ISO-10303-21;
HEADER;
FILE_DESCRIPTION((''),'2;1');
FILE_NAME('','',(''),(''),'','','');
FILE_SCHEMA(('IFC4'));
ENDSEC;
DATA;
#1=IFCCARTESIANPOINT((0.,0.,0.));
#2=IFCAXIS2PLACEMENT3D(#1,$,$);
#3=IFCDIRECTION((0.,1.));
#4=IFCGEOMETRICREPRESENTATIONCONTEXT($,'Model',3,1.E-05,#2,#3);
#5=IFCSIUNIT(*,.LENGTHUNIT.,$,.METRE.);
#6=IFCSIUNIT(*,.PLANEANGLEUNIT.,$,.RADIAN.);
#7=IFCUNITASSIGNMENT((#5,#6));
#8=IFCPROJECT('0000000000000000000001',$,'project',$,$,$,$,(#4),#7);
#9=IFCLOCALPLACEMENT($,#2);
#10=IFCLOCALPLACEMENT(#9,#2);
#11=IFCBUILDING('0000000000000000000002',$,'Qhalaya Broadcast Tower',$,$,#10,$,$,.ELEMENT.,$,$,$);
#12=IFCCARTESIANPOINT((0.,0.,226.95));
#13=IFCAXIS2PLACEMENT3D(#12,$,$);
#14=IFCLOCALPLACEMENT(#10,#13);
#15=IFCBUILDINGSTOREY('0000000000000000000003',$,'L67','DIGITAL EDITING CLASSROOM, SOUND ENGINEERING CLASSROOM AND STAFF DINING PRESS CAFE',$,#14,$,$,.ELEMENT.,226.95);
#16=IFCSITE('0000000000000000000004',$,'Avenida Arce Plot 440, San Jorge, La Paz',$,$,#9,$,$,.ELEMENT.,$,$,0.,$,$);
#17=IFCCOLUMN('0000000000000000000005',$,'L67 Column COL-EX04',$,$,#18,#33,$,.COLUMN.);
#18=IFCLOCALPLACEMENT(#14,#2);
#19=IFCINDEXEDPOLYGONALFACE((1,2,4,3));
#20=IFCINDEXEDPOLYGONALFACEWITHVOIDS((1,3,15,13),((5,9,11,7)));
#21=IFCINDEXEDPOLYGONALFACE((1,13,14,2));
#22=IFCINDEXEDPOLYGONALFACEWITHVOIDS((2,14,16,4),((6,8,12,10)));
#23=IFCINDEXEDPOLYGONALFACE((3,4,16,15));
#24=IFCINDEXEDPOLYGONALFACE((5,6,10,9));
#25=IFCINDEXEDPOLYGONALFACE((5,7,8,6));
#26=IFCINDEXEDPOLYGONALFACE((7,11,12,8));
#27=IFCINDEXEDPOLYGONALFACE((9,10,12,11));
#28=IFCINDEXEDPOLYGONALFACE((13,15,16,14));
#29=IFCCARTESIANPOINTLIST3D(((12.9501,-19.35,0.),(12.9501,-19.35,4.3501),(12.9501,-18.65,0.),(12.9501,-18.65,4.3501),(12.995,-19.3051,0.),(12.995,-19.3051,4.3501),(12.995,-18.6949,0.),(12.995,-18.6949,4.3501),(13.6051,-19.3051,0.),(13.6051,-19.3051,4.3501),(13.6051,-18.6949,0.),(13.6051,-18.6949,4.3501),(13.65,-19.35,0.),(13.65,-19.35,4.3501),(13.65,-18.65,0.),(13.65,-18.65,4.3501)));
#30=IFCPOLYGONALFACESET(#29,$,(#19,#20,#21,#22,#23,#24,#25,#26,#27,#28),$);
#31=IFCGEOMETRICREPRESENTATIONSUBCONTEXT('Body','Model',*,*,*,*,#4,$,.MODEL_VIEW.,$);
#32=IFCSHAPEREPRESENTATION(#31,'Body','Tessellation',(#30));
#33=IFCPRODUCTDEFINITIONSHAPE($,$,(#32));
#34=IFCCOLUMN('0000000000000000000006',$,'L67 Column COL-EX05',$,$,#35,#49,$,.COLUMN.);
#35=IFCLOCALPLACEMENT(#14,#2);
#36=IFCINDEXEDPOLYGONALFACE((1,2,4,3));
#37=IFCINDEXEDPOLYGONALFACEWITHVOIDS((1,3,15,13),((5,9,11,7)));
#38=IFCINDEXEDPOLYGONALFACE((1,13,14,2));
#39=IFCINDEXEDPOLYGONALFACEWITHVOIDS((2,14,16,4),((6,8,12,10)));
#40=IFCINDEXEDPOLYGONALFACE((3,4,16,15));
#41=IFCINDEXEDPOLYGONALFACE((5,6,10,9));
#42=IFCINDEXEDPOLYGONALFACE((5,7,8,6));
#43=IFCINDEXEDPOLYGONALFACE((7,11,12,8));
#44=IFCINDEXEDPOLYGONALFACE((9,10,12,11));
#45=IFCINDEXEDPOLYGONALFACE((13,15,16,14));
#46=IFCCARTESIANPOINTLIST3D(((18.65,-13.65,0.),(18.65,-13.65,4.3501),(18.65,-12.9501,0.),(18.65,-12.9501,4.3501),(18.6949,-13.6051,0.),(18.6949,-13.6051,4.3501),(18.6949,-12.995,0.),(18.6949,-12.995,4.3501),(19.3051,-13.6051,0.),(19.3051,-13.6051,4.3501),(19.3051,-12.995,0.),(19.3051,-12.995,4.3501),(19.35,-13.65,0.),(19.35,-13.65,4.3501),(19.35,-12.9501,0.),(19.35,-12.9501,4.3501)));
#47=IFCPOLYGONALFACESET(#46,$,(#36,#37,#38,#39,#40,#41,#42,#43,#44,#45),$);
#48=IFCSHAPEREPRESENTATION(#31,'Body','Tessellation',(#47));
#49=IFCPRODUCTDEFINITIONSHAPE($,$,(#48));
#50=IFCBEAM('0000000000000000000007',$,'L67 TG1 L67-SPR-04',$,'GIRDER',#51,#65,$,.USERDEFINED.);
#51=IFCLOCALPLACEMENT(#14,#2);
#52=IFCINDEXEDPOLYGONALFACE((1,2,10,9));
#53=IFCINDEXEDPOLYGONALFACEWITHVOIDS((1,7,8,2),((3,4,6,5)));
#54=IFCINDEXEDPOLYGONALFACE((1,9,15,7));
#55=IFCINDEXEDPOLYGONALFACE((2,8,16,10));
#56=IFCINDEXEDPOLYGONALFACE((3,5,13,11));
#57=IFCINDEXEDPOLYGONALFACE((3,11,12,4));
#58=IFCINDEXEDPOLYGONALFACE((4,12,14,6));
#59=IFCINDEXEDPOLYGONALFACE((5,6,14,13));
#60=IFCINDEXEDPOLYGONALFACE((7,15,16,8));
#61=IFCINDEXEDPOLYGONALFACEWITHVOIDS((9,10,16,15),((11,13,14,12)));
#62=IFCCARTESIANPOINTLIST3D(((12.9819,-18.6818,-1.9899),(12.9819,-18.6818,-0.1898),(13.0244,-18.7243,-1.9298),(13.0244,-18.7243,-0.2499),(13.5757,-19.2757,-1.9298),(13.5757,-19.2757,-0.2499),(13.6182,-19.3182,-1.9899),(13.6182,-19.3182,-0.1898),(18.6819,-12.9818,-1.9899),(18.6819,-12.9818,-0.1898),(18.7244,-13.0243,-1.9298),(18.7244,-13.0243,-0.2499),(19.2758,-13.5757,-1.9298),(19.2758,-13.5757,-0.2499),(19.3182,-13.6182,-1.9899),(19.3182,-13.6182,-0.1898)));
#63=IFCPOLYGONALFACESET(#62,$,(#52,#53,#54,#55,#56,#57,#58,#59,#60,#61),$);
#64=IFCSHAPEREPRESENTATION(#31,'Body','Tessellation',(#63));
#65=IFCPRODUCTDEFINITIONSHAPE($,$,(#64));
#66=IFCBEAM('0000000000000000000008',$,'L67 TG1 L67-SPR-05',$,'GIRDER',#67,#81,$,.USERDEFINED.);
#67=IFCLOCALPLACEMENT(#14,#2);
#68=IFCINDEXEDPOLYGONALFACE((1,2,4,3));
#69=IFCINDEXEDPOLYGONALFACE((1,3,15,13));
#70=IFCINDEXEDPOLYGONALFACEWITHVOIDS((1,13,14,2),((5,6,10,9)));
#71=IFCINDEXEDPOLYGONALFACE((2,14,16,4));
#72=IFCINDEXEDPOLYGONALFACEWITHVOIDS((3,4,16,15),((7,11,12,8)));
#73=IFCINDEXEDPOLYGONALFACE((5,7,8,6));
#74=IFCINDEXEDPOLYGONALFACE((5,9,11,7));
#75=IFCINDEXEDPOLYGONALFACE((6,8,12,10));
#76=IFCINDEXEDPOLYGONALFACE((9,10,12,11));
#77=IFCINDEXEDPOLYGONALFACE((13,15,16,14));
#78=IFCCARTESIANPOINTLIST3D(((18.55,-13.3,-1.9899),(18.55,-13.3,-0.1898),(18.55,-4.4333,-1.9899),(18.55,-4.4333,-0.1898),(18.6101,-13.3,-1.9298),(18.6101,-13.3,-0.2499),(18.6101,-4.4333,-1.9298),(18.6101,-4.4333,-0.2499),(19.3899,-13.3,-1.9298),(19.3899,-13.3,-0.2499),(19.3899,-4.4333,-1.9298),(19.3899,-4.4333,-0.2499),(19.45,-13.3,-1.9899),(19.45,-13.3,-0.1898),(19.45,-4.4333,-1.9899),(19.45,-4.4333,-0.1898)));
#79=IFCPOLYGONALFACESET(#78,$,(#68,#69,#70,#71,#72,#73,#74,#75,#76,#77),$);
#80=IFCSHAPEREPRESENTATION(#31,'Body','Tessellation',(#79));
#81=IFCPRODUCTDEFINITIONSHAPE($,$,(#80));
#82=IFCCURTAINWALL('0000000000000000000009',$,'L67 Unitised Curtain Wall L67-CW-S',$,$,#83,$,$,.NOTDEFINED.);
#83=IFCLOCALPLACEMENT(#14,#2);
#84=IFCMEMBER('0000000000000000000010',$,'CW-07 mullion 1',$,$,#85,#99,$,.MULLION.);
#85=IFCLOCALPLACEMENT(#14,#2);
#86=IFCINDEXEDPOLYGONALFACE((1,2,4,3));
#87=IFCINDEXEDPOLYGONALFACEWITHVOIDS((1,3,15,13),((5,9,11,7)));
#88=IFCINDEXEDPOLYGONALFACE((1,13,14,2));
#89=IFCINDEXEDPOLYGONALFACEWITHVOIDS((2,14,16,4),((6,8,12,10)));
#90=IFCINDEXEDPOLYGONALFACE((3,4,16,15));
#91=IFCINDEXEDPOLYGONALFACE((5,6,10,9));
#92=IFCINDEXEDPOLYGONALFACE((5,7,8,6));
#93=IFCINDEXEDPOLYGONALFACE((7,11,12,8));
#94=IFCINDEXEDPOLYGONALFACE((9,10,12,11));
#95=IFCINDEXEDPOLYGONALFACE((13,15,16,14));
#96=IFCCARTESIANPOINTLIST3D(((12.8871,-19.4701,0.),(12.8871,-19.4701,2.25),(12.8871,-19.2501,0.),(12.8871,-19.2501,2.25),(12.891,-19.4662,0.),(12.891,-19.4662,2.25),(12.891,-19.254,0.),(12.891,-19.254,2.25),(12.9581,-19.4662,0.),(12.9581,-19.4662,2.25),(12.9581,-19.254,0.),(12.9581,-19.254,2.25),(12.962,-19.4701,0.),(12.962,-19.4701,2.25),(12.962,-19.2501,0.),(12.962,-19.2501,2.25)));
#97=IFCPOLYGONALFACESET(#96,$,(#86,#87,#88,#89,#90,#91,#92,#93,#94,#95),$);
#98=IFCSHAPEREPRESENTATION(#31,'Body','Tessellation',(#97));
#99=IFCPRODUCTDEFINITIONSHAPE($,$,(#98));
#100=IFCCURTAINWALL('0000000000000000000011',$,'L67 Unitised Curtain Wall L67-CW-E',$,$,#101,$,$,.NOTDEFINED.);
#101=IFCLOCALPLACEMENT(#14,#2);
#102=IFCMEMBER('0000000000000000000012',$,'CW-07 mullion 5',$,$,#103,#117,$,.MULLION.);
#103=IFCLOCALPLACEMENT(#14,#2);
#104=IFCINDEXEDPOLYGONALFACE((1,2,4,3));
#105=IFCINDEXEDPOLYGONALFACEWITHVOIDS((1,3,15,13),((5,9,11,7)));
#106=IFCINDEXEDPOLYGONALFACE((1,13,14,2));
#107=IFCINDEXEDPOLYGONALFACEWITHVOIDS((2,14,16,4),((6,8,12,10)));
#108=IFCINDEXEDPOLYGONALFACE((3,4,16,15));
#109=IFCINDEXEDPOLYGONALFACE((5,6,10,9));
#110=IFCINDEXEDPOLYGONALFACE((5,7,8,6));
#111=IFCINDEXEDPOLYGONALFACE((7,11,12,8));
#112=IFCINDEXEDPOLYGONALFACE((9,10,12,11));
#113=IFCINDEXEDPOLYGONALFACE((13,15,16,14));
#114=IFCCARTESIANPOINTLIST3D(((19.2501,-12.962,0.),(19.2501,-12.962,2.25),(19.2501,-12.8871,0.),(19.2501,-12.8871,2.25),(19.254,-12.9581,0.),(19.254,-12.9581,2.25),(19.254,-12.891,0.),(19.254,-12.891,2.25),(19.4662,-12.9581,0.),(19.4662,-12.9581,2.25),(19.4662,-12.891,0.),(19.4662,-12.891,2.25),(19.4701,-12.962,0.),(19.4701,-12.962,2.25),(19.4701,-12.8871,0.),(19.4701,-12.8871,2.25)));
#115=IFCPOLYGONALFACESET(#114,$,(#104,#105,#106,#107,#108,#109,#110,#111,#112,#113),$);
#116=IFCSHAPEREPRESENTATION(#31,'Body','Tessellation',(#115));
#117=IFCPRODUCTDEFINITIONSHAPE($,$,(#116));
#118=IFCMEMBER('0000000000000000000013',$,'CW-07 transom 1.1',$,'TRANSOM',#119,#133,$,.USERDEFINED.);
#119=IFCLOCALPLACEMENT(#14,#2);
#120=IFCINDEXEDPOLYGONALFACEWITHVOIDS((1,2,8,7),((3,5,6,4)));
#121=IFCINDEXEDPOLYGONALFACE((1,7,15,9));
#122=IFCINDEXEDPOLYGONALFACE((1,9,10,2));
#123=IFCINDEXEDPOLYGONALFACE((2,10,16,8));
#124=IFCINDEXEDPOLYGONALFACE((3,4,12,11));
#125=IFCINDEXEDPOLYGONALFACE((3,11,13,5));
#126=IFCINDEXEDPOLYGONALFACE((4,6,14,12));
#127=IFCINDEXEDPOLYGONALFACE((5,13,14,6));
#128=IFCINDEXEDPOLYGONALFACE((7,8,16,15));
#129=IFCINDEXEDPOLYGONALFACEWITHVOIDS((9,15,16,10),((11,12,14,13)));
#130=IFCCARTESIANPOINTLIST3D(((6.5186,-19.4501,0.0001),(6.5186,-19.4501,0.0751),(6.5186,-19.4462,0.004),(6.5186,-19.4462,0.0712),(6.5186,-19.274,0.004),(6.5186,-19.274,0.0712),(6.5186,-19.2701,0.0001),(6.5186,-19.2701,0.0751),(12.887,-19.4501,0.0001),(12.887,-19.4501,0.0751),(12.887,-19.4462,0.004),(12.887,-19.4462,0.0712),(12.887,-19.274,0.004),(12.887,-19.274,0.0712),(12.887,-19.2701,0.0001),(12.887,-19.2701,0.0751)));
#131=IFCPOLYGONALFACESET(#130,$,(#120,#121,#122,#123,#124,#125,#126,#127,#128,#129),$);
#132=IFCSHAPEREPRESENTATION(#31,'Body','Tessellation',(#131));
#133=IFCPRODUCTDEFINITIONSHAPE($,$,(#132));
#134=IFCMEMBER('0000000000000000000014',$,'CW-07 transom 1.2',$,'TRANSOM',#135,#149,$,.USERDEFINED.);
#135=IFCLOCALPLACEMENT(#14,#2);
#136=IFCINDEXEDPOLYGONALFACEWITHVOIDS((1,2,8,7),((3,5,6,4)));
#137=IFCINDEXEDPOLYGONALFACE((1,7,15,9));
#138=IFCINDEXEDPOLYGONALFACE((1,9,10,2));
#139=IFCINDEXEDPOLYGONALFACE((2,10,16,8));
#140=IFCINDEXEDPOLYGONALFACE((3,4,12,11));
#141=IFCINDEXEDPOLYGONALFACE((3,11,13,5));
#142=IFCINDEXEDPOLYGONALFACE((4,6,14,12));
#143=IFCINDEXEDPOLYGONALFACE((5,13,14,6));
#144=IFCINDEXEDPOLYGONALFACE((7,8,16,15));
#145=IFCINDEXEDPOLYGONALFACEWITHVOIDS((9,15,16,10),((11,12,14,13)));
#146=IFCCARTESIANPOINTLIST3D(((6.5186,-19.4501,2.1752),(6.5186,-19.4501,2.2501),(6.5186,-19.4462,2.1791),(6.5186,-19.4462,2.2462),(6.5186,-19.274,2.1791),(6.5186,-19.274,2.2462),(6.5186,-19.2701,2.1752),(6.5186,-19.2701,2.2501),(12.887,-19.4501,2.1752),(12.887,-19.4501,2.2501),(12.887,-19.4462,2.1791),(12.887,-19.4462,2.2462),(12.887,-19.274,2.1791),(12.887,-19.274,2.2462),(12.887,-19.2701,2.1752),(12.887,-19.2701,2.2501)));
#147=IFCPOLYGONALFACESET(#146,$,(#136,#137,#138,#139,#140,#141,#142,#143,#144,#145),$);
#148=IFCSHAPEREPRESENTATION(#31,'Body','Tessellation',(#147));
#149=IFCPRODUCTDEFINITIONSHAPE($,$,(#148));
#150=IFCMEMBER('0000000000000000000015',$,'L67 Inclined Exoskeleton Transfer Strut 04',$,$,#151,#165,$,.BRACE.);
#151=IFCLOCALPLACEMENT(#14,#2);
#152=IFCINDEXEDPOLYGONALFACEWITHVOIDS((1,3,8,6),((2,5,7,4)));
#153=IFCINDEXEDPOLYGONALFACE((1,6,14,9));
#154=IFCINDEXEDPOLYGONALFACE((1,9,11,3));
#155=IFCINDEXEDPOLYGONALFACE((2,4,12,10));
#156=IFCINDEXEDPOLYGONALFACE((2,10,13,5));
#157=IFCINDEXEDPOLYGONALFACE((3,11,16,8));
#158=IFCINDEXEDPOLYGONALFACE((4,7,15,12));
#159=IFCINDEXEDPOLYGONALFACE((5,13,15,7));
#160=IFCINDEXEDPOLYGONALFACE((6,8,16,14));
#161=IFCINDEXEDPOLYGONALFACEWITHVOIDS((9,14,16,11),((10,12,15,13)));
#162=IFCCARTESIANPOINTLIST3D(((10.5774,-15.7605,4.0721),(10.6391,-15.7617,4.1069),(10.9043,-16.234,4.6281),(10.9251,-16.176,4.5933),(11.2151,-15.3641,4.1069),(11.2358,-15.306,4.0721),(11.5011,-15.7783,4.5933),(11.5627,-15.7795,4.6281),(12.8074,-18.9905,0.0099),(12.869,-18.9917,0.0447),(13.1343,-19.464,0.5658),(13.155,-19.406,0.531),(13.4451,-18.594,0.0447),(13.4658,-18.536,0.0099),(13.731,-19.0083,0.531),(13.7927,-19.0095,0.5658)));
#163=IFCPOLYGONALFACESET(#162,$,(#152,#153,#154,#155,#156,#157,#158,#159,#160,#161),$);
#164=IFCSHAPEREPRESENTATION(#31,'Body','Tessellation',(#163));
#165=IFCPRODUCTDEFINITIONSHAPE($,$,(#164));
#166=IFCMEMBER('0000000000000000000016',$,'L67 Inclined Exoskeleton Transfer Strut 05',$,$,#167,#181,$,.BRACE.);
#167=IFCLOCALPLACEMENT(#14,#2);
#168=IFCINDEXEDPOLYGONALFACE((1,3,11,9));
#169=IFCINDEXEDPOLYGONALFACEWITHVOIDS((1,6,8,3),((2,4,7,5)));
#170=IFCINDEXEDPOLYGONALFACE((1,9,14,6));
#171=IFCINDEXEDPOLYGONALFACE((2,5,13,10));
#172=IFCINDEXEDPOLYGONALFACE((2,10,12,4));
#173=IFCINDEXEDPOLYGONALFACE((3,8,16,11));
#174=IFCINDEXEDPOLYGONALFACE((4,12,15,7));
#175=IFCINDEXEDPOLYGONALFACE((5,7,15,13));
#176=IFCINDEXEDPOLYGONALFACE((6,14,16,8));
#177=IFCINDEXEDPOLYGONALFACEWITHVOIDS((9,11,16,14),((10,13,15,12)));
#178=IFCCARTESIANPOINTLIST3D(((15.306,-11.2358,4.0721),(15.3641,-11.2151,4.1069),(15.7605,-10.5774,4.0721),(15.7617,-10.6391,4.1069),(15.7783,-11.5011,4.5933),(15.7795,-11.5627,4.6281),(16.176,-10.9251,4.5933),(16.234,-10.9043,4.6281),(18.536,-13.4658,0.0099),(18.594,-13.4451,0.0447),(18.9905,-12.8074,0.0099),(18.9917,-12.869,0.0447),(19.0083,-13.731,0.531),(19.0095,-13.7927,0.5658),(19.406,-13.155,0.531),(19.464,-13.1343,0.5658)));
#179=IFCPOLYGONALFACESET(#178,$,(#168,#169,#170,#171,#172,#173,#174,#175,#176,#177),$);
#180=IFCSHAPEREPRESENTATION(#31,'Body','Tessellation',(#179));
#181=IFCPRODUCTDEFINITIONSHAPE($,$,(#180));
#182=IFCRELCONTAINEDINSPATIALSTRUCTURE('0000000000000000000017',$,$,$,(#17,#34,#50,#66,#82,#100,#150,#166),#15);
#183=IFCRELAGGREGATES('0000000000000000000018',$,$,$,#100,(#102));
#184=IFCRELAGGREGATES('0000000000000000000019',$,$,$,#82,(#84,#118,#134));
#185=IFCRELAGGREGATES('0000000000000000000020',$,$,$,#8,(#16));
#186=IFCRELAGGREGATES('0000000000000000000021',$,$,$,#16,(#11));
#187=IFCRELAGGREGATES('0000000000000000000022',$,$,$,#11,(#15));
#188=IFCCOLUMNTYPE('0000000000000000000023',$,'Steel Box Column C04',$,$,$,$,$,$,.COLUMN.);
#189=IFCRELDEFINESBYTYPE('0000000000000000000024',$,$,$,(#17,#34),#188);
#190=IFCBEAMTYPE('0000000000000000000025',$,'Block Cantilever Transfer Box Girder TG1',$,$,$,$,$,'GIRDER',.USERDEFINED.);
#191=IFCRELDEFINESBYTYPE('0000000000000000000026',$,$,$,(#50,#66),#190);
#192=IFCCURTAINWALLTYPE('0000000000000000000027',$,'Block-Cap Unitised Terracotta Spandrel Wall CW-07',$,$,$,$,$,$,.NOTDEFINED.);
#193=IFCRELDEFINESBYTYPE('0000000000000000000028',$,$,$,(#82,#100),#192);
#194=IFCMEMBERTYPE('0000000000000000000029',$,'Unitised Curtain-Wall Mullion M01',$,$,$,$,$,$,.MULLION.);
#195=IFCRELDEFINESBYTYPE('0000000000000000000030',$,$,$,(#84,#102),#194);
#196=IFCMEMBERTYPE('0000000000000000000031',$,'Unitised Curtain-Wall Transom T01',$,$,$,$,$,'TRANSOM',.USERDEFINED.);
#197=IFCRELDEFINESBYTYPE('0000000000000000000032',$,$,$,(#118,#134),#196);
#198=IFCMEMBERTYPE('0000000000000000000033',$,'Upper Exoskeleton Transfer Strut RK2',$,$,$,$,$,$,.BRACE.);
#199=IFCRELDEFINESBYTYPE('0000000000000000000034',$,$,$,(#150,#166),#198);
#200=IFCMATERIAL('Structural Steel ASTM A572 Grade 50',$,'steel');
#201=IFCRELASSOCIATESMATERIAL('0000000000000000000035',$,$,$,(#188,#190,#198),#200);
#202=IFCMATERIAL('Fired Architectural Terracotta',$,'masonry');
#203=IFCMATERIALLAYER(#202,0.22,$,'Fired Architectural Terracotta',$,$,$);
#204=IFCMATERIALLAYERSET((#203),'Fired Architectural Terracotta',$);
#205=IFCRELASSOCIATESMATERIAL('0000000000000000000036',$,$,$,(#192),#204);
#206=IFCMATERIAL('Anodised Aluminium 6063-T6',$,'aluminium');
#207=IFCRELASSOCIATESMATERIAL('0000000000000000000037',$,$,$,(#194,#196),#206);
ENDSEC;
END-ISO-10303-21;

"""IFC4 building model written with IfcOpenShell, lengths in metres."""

from ifc_helpers import new_model, si_unit, direction, frame, origin, origin_2d, place, context, subcontext, project, spatial, hollow_rectangle, extrude, material, layer, layer_set, material_profile, profile_set, type_object, element, aggregate, save


model = new_model("IFC4")

# Units and contexts
model_context = context("Model", 3, precision=1e-05, world=origin(), true_north=direction((0.0, 1.0)))
body_context = subcontext(model_context, "Body", "Model", "MODEL_VIEW")
ifc_project = project(units=[si_unit("LENGTHUNIT", "METRE"), si_unit("PLANEANGLEUNIT", "RADIAN")], contexts=[model_context])

# Site, building, storey
site_placement = place(None, origin())
site = spatial("IfcSite", under=ifc_project, at=site_placement, Name="Avenida Arce Plot 440, San Jorge, La Paz", CompositionType="ELEMENT", RefElevation=0.0)
building_placement = place(site_placement, origin())
building = spatial("IfcBuilding", under=site, at=building_placement, Name="Qhalaya Broadcast Tower", CompositionType="ELEMENT")
storey_placement = place(building_placement, frame((0.0, 0.0, 226.95)))
storey = spatial("IfcBuildingStorey", under=building, at=storey_placement, Name="L67", Description="DIGITAL EDITING CLASSROOM, SOUND ENGINEERING CLASSROOM AND STAFF DINING PRESS CAFE", CompositionType="ELEMENT", Elevation=226.95)

# Columns
ifc_material_1 = material(Name="Structural Steel ASTM A572 Grade 50", Category="steel")
ifc_material_profile_1 = material_profile(ifc_material_1, hollow_rectangle(XDim=0.7, YDim=0.7, WallThickness=0.0449, at=origin_2d()), Name="BOX 700x700x45")
ifc_profile_set_1 = profile_set([ifc_material_profile_1], Name="Structural Steel ASTM A572 Grade 50")
column_type = type_object("IfcColumnType", Name="Steel Box Column C04", PredefinedType="COLUMN", material=ifc_profile_set_1)
for number, where, z_axis, x_axis, name in (
    (1, (13.3, -19.0, 0.0), (0.0, 0.0, 1.0), (1.0, 0.0, 0.0), "L67 Column COL-EX04"),
    (2, (19.0, -13.3, 0.0), (0.0, 0.0, 1.0), (0.0, 1.0, 0.0), "L67 Column COL-EX05"),
):
    element("IfcColumn", number, at=place(storey_placement, frame(where, z_axis=z_axis, x_axis=x_axis)), inside=storey, type_object=column_type, Name=name, PredefinedType="COLUMN", context=body_context, shape_type="SweptSolid", body=[
        extrude(hollow_rectangle(XDim=0.7, YDim=0.7, WallThickness=0.0449, at=origin_2d()), origin(), (0.0, 0.0, 1.0), 4.3501),
    ])

# Beams
ifc_material_profile_2 = material_profile(ifc_material_1, hollow_rectangle(XDim=0.8999, YDim=1.8, WallThickness=0.0601, at=origin_2d()), Name="BOX 900x1800x60")
ifc_profile_set_2 = profile_set([ifc_material_profile_2], Name="Structural Steel ASTM A572 Grade 50")
beam_type = type_object("IfcBeamType", Name="Block Cantilever Transfer Box Girder TG1", ElementType="GIRDER", PredefinedType="USERDEFINED", material=ifc_profile_set_2)
beam_1_placement = place(storey_placement, frame((13.3, -19.0, -1.0898), z_axis=(0.707107, 0.707107, 0.0), x_axis=(-0.707107, 0.707107, 0.0)))
element("IfcBeam", 3, at=beam_1_placement, inside=storey, type_object=beam_type, Name="L67 TG1 L67-SPR-04", ObjectType="GIRDER", PredefinedType="USERDEFINED", context=body_context, shape_type="SweptSolid", body=[
    extrude(hollow_rectangle(XDim=0.8999, YDim=1.8, WallThickness=0.0601, at=origin_2d()), origin(), (0.0, 0.0, 1.0), 8.061),
])
beam_2_placement = place(storey_placement, frame((19.0, -13.3, -1.0898), z_axis=(0.0, 1.0, 0.0), x_axis=(-1.0, 0.0, 0.0)))
element("IfcBeam", 4, at=beam_2_placement, inside=storey, type_object=beam_type, Name="L67 TG1 L67-SPR-05", ObjectType="GIRDER", PredefinedType="USERDEFINED", context=body_context, shape_type="SweptSolid", body=[
    extrude(hollow_rectangle(XDim=0.8999, YDim=1.8, WallThickness=0.0601, at=origin_2d()), origin(), (0.0, 0.0, 1.0), 8.8667),
])

# Curtain walls, members
ifc_material_2 = material(Name="Fired Architectural Terracotta", Category="masonry")
ifc_layer_1 = layer(ifc_material_2, 0.22, Name="Fired Architectural Terracotta")
ifc_layer_set_1 = layer_set([ifc_layer_1], Name="Fired Architectural Terracotta")
curtain_wall_type = type_object("IfcCurtainWallType", Name="Block-Cap Unitised Terracotta Spandrel Wall CW-07", PredefinedType="NOTDEFINED", material=ifc_layer_set_1)
curtain_wall_1_placement = place(storey_placement, origin())
curtain_wall_1 = element("IfcCurtainWall", 5, at=curtain_wall_1_placement, inside=storey, type_object=curtain_wall_type, Name="L67 Unitised Curtain Wall L67-CW-S", PredefinedType="NOTDEFINED")
ifc_material_3 = material(Name="Anodised Aluminium 6063-T6", Category="aluminium")
ifc_material_profile_3 = material_profile(ifc_material_3, hollow_rectangle(XDim=0.075, YDim=0.22, WallThickness=0.0039, at=origin_2d()), Name="ALU-MUL 75x220x4")
ifc_profile_set_3 = profile_set([ifc_material_profile_3], Name="Anodised Aluminium 6063-T6")
member_type_1 = type_object("IfcMemberType", Name="Unitised Curtain-Wall Mullion M01", PredefinedType="MULLION", material=ifc_profile_set_3)
member_1_placement = place(storey_placement, frame((12.9246, -19.3601, 0.0), z_axis=(0.0, 0.0, 1.0), x_axis=(-1.0, 0.0, 0.0)))
member_1 = element("IfcMember", 6, at=member_1_placement, type_object=member_type_1, Name="CW-07 mullion 1", PredefinedType="MULLION", context=body_context, shape_type="SweptSolid", body=[
    extrude(hollow_rectangle(XDim=0.075, YDim=0.22, WallThickness=0.0039, at=origin_2d()), origin(), (0.0, 0.0, 1.0), 2.25),
])
curtain_wall_2_placement = place(storey_placement, origin())
curtain_wall_2 = element("IfcCurtainWall", 7, at=curtain_wall_2_placement, inside=storey, type_object=curtain_wall_type, Name="L67 Unitised Curtain Wall L67-CW-E", PredefinedType="NOTDEFINED")
member_2_placement = place(storey_placement, frame((19.3601, -12.9246, 0.0), z_axis=(0.0, 0.0, 1.0), x_axis=(0.0, -1.0, 0.0)))
member_2 = element("IfcMember", 8, at=member_2_placement, type_object=member_type_1, Name="CW-07 mullion 5", PredefinedType="MULLION", context=body_context, shape_type="SweptSolid", body=[
    extrude(hollow_rectangle(XDim=0.075, YDim=0.22, WallThickness=0.0039, at=origin_2d()), origin(), (0.0, 0.0, 1.0), 2.25),
])
aggregate(curtain_wall_2, [member_2])

# Members
ifc_material_profile_4 = material_profile(ifc_material_3, hollow_rectangle(XDim=0.075, YDim=0.1799, WallThickness=0.0039, at=origin_2d()), Name="ALU-TRN 75x180x4")
ifc_profile_set_4 = profile_set([ifc_material_profile_4], Name="Anodised Aluminium 6063-T6")
member_type_2 = type_object("IfcMemberType", Name="Unitised Curtain-Wall Transom T01", ElementType="TRANSOM", PredefinedType="USERDEFINED", material=ifc_profile_set_4)
member_3_placement = place(storey_placement, frame((12.887, -19.3601, 0.0376), z_axis=(-1.0, 0.0, 0.0), x_axis=(0.0, 0.0, 1.0)))
member_3 = element("IfcMember", 9, at=member_3_placement, type_object=member_type_2, Name="CW-07 transom 1.1", ObjectType="TRANSOM", PredefinedType="USERDEFINED", context=body_context, shape_type="SweptSolid", body=[
    extrude(hollow_rectangle(XDim=0.075, YDim=0.1799, WallThickness=0.0039, at=origin_2d()), origin(), (0.0, 0.0, 1.0), 6.3684),
])
member_4_placement = place(storey_placement, frame((12.887, -19.3601, 2.2126), z_axis=(-1.0, 0.0, 0.0), x_axis=(0.0, 0.0, 1.0)))
member_4 = element("IfcMember", 10, at=member_4_placement, type_object=member_type_2, Name="CW-07 transom 1.2", ObjectType="TRANSOM", PredefinedType="USERDEFINED", context=body_context, shape_type="SweptSolid", body=[
    extrude(hollow_rectangle(XDim=0.075, YDim=0.1799, WallThickness=0.0039, at=origin_2d()), origin(), (0.0, 0.0, 1.0), 6.3684),
])
aggregate(curtain_wall_1, [member_1, member_3, member_4])

# Members
ifc_material_profile_5 = material_profile(ifc_material_1, hollow_rectangle(XDim=0.8, YDim=0.8, WallThickness=0.05, at=origin_2d()), Name="BOX 800x800x50")
ifc_profile_set_5 = profile_set([ifc_material_profile_5], Name="Structural Steel ASTM A572 Grade 50")
member_type_3 = type_object("IfcMemberType", Name="Upper Exoskeleton Transfer Strut RK2", PredefinedType="BRACE", material=ifc_profile_set_5)
for number, where, z_axis, x_axis, name in (
    (11, (13.3, -19.0, 0.2878), (-0.39478, 0.571812, 0.719152), (-0.822926, -0.568149, 0.0), "L67 Inclined Exoskeleton Transfer Strut 04"),
    (12, (19.0, -13.3, 0.2878), (-0.571812, 0.39478, 0.719152), (-0.568149, -0.822926, 0.0), "L67 Inclined Exoskeleton Transfer Strut 05"),
):
    element("IfcMember", number, at=place(storey_placement, frame(where, z_axis=z_axis, x_axis=x_axis)), inside=storey, type_object=member_type_3, Name=name, PredefinedType="BRACE", context=body_context, shape_type="SweptSolid", body=[
        extrude(hollow_rectangle(XDim=0.8, YDim=0.8, WallThickness=0.05, at=origin_2d()), origin(), (0.0, 0.0, 1.0), 5.6487),
    ])

save(model, "model.ifc")
